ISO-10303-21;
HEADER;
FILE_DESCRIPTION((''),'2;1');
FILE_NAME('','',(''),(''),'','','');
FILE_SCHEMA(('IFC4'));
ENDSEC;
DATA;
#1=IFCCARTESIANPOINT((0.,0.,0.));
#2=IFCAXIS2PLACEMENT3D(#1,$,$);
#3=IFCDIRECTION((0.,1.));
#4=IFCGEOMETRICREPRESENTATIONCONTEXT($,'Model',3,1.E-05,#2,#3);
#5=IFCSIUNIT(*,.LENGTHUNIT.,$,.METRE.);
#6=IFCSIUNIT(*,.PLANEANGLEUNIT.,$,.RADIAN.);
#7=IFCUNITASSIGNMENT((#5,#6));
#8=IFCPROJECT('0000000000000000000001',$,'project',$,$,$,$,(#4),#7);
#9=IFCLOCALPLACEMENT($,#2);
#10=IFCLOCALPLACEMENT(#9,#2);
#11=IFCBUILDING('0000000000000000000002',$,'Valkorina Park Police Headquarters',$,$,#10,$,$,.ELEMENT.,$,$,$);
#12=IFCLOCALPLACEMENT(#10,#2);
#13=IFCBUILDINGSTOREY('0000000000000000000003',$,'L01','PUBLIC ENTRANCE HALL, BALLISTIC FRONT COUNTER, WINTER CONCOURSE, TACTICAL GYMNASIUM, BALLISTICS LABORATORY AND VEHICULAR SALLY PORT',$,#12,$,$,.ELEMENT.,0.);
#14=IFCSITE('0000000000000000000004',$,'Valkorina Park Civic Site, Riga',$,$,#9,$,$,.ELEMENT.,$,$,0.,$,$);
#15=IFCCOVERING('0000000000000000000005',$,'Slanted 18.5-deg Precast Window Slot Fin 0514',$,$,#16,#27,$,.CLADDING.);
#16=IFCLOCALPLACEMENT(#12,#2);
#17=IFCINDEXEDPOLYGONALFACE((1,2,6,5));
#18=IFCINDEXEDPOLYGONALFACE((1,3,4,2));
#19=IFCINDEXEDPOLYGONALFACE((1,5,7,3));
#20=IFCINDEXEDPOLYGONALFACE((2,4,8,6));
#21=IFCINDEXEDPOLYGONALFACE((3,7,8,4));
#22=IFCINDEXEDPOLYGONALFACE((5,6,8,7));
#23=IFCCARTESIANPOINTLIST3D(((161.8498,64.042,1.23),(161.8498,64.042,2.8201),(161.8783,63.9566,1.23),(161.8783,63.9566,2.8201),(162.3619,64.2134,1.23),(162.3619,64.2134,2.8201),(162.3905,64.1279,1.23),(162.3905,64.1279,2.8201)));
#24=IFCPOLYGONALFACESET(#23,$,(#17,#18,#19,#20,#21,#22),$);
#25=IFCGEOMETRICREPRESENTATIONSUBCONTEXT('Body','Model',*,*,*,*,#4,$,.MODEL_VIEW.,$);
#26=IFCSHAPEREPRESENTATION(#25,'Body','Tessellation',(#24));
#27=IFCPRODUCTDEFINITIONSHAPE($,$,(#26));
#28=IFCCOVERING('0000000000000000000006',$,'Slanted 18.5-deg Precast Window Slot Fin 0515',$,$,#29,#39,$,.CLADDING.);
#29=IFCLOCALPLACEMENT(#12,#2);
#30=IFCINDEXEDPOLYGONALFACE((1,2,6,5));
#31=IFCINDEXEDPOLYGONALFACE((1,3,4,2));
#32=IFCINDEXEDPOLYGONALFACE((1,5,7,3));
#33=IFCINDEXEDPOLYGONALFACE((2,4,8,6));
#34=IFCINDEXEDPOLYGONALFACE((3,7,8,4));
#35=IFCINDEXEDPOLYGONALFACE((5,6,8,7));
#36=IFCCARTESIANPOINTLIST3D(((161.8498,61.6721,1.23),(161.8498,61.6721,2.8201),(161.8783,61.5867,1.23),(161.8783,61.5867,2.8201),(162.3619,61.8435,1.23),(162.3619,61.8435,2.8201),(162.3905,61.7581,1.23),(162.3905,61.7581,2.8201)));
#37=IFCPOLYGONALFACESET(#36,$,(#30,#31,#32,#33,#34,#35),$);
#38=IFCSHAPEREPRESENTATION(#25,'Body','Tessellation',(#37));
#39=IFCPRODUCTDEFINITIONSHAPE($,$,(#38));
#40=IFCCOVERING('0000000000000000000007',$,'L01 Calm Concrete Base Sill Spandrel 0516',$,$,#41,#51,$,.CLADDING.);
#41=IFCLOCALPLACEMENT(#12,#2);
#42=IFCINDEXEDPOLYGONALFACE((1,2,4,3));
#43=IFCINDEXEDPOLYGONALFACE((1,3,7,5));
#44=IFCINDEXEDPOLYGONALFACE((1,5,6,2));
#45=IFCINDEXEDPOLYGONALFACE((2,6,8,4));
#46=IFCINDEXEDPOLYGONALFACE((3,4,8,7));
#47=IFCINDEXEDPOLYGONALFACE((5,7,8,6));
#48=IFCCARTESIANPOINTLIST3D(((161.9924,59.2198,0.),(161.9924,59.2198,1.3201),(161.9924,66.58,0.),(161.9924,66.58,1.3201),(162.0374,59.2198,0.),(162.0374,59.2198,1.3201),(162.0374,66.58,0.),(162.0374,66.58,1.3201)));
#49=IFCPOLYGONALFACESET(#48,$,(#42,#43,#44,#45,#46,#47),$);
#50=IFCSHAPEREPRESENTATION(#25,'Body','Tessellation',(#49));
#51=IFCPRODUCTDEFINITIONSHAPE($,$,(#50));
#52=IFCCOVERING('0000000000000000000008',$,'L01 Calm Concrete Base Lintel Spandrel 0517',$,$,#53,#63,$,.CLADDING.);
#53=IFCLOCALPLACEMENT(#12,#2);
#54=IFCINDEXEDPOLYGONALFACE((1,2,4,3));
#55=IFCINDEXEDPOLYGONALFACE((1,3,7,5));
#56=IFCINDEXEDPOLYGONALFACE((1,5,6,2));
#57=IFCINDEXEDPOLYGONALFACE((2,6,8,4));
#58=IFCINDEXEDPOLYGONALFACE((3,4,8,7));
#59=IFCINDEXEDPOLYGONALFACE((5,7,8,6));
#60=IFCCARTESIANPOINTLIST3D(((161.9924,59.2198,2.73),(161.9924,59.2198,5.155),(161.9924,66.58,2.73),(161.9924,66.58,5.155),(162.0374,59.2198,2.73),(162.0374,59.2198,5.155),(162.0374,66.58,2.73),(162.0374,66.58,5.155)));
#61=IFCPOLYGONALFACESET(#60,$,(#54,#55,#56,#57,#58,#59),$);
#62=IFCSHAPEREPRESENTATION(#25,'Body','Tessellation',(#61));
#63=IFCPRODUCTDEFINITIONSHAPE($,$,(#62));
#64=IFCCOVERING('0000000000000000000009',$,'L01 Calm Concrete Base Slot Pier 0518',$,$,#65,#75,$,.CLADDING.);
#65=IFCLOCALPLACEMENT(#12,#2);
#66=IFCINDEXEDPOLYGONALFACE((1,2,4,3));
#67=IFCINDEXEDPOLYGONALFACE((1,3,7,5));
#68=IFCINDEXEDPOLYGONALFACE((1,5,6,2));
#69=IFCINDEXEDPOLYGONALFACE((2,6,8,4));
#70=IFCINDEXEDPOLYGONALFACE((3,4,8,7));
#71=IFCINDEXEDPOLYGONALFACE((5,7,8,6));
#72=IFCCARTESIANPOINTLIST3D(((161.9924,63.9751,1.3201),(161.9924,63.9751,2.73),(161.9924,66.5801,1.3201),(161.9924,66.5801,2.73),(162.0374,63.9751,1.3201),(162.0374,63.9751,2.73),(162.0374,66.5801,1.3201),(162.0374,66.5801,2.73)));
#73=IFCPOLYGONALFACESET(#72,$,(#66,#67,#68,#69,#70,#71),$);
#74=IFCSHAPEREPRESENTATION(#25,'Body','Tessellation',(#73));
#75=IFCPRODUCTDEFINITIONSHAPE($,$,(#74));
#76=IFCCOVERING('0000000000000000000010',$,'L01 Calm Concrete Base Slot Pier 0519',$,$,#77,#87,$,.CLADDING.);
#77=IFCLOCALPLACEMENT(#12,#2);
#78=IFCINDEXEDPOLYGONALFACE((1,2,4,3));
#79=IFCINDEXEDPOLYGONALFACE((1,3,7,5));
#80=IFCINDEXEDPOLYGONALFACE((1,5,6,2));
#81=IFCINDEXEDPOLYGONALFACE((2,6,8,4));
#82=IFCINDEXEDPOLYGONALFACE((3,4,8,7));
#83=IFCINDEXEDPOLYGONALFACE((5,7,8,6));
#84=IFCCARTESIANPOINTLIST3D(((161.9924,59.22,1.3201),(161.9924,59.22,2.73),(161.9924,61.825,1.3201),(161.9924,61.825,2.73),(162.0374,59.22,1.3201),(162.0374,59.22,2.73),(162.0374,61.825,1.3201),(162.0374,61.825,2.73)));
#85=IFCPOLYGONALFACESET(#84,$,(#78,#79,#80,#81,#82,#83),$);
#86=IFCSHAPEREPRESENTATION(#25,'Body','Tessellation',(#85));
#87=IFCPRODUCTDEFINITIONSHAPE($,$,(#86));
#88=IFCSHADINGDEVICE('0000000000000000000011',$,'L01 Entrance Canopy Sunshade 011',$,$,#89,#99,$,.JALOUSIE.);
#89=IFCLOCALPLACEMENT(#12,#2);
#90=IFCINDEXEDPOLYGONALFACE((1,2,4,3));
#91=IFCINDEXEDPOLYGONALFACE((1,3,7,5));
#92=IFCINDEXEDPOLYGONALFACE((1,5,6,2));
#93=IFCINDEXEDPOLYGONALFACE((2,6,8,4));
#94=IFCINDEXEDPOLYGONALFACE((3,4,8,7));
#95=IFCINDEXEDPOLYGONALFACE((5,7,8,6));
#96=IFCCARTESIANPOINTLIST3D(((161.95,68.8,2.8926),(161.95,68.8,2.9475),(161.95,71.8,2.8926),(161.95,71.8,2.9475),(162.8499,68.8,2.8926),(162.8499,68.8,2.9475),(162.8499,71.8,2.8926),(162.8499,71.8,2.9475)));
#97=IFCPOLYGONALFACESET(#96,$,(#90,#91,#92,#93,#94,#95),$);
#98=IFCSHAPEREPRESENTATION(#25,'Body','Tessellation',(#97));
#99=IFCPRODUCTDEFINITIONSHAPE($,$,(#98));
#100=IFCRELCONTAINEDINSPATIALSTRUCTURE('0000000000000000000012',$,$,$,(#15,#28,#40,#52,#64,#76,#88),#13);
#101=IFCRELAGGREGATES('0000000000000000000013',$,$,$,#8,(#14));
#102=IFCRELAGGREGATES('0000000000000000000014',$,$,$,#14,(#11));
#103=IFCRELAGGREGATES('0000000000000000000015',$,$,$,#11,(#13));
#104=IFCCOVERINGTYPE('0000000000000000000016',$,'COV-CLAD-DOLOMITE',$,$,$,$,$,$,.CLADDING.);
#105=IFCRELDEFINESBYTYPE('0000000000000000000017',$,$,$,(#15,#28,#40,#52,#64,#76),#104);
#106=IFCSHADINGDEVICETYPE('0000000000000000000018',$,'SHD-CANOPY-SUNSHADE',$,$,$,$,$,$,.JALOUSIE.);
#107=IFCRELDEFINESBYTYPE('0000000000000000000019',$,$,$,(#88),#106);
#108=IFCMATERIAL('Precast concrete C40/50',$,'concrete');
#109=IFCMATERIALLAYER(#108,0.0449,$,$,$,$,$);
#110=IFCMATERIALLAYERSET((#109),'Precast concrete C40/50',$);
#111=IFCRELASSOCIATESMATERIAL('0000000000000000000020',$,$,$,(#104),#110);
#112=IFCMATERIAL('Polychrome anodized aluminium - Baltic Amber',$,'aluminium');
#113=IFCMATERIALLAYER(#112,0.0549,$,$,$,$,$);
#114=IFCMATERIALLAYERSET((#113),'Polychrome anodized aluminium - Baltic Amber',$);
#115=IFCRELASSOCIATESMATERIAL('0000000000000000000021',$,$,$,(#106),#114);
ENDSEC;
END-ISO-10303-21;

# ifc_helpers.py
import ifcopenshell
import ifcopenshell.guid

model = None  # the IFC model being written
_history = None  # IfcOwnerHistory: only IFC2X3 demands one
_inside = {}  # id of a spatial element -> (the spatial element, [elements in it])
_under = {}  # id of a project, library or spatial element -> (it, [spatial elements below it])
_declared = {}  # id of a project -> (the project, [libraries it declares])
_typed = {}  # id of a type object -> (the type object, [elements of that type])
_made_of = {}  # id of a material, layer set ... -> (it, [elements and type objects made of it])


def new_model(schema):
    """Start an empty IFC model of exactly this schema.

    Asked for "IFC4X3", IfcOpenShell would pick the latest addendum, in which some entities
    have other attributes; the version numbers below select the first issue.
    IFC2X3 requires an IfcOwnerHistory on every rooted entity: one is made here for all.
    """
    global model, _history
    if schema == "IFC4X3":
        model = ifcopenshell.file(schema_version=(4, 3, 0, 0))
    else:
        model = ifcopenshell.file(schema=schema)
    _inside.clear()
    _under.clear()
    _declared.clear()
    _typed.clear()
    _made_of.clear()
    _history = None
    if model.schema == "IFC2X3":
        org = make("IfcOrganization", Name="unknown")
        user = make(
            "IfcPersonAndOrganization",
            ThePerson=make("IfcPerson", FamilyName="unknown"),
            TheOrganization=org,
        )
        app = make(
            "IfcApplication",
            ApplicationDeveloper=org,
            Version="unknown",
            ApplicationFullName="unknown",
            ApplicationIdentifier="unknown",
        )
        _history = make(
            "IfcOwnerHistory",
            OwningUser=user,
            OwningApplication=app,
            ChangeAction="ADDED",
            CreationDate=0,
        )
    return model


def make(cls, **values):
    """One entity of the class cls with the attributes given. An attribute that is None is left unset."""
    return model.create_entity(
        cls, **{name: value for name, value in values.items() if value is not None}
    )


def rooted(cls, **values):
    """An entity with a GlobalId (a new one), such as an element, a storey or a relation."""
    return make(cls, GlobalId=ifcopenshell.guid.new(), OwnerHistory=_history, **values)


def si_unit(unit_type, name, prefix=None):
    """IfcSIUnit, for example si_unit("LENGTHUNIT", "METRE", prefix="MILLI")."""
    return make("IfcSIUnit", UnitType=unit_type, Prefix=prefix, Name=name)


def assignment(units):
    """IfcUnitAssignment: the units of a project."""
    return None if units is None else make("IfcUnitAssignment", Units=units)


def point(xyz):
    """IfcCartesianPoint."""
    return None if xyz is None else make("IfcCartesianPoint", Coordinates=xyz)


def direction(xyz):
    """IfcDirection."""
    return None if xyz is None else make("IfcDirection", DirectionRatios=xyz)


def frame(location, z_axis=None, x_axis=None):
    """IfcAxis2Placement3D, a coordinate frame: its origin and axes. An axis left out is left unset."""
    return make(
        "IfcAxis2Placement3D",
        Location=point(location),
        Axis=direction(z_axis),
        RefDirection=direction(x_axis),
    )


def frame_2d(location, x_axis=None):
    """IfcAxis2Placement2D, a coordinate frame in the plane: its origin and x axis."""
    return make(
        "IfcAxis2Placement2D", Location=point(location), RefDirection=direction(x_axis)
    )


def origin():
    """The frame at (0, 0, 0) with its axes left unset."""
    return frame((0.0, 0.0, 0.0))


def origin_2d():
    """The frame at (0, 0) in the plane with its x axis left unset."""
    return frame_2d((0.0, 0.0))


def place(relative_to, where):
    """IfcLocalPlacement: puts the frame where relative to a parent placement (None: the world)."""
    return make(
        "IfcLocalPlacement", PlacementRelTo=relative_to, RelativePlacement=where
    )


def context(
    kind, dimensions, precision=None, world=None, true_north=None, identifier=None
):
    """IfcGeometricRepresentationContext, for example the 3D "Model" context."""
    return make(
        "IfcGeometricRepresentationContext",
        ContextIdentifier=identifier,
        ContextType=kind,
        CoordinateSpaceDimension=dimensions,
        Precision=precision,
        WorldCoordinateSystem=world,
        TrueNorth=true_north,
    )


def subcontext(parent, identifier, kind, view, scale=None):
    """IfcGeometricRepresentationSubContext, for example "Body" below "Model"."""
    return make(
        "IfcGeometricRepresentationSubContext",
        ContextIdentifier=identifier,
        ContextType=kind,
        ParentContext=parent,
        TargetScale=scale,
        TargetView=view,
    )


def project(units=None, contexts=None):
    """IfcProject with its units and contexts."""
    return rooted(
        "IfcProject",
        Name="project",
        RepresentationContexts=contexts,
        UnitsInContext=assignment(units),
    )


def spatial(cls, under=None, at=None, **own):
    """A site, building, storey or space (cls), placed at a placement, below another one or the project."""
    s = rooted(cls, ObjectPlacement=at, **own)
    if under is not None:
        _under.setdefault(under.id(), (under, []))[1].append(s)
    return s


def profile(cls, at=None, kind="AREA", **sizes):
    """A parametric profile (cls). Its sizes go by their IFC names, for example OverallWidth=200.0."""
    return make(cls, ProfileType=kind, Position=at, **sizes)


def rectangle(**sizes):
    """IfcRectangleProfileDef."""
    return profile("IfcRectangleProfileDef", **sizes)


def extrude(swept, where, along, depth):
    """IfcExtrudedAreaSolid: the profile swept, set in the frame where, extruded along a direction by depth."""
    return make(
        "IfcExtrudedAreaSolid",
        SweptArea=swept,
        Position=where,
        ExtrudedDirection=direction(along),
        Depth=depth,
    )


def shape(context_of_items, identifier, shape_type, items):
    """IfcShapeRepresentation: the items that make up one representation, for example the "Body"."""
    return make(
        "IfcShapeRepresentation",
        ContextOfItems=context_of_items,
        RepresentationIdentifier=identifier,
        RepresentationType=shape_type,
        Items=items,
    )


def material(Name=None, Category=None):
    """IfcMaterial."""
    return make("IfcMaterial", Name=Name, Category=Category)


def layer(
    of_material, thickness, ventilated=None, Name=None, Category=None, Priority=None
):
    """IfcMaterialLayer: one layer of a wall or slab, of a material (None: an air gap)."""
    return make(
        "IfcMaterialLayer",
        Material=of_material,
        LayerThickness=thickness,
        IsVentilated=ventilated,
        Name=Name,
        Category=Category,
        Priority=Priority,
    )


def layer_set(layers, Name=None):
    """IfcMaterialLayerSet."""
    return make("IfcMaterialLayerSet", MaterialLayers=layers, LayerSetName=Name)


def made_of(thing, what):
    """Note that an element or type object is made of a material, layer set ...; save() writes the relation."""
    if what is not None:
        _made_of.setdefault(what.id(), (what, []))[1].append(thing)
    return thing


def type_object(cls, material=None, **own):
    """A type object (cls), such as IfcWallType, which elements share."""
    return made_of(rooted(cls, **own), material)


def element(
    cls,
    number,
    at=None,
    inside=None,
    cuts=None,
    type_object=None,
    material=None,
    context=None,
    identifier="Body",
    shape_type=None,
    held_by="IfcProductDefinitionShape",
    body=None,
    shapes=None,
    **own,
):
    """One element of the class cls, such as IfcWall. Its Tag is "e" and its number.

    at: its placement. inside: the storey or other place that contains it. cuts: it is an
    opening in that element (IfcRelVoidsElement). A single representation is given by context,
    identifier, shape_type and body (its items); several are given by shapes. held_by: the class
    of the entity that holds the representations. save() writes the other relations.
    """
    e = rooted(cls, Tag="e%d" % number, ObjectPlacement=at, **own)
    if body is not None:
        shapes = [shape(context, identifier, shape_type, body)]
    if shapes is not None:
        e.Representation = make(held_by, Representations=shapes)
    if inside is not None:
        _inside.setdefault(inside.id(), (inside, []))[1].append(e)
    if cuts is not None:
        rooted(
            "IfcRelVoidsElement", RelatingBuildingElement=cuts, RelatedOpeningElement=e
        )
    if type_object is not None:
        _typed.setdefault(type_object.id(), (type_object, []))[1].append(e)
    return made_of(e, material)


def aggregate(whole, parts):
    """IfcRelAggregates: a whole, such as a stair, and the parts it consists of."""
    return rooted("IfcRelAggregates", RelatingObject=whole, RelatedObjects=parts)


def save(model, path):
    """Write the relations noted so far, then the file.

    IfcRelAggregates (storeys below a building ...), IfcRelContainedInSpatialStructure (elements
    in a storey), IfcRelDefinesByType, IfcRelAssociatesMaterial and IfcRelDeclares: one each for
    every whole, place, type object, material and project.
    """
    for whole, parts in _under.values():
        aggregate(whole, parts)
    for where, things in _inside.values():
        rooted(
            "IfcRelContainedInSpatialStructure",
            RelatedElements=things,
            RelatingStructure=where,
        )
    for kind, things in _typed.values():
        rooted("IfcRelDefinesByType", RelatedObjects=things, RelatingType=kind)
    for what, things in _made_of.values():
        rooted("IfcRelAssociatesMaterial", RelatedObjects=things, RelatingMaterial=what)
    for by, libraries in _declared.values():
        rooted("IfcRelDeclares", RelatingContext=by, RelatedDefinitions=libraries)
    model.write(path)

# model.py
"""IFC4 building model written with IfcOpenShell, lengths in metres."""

from ifc_helpers import new_model, si_unit, direction, frame, frame_2d, origin, origin_2d, place, context, subcontext, project, spatial, rectangle, extrude, material, layer, layer_set, type_object, element, save


model = new_model("IFC4")

# Units and contexts
model_context = context("Model", 3, precision=1e-05, world=origin(), true_north=direction((0.0, 1.0)))
body_context = subcontext(model_context, "Body", "Model", "MODEL_VIEW")
ifc_project = project(units=[si_unit("LENGTHUNIT", "METRE"), si_unit("PLANEANGLEUNIT", "RADIAN")], contexts=[model_context])

# Site, building, storey
site_placement = place(None, origin())
site = spatial("IfcSite", under=ifc_project, at=site_placement, Name="Valkorina Park Civic Site, Riga", CompositionType="ELEMENT", RefElevation=0.0)
building_placement = place(site_placement, origin())
building = spatial("IfcBuilding", under=site, at=building_placement, Name="Valkorina Park Police Headquarters", CompositionType="ELEMENT")
storey_placement = place(building_placement, origin())
storey = spatial("IfcBuildingStorey", under=building, at=storey_placement, Name="L01", Description="PUBLIC ENTRANCE HALL, BALLISTIC FRONT COUNTER, WINTER CONCOURSE, TACTICAL GYMNASIUM, BALLISTICS LABORATORY AND VEHICULAR SALLY PORT", CompositionType="ELEMENT", Elevation=0.0)

# Shared definitions
ifc_material_1 = material(Name="Precast concrete C40/50", Category="concrete")

# Coverings
ifc_layer_1 = layer(ifc_material_1, 0.0449)
ifc_layer_set_1 = layer_set([ifc_layer_1], Name="Precast concrete C40/50")
covering_type = type_object("IfcCoveringType", Name="COV-CLAD-DOLOMITE", PredefinedType="CLADDING", material=ifc_layer_set_1)
for number, where, z_axis, x_axis, name in (
    (1, (162.1201, 64.085, 1.23), (0.0, 0.0, 1.0), (0.948324, 0.317305, 0.0), "Slanted 18.5-deg Precast Window Slot Fin 0514"),
    (2, (162.1201, 61.7151, 1.23), (0.0, 0.0, 1.0), (0.948324, 0.317305, 0.0), "Slanted 18.5-deg Precast Window Slot Fin 0515"),
):
    element("IfcCovering", number, at=place(storey_placement, frame(where, z_axis=z_axis, x_axis=x_axis)), inside=storey, type_object=covering_type, Name=name, PredefinedType="CLADDING", context=body_context, shape_type="SweptSolid", body=[
        extrude(rectangle(XDim=0.54, YDim=0.0901, at=origin_2d()), origin(), (0.0, 0.0, 1.0), 1.5901),
    ])
covering_1_placement = place(storey_placement, frame((162.0149, 66.5801, 0.0), z_axis=(0.0, 0.0, 1.0), x_axis=(0.0, -1.0, 0.0)))
element("IfcCovering", 3, at=covering_1_placement, inside=storey, type_object=covering_type, Name="L01 Calm Concrete Base Sill Spandrel 0516", PredefinedType="CLADDING", context=body_context, shape_type="SweptSolid", body=[
    extrude(rectangle(XDim=7.3601, YDim=0.0449, at=frame_2d((3.6802, 0.0))), origin(), (0.0, 0.0, 1.0), 1.3201),
])
covering_2_placement = place(storey_placement, frame((162.0149, 66.5801, 2.73), z_axis=(0.0, 0.0, 1.0), x_axis=(0.0, -1.0, 0.0)))
element("IfcCovering", 4, at=covering_2_placement, inside=storey, type_object=covering_type, Name="L01 Calm Concrete Base Lintel Spandrel 0517", PredefinedType="CLADDING", context=body_context, shape_type="SweptSolid", body=[
    extrude(rectangle(XDim=7.3601, YDim=0.0449, at=frame_2d((3.6802, 0.0))), origin(), (0.0, 0.0, 1.0), 2.425),
])
for number, where, z_axis, x_axis, name in (
    (5, (162.0149, 66.5801, 1.3201), (0.0, 0.0, 1.0), (0.0, -1.0, 0.0), "L01 Calm Concrete Base Slot Pier 0518"),
    (6, (162.0149, 61.825, 1.3201), (0.0, 0.0, 1.0), (0.0, -1.0, 0.0), "L01 Calm Concrete Base Slot Pier 0519"),
):
    element("IfcCovering", number, at=place(storey_placement, frame(where, z_axis=z_axis, x_axis=x_axis)), inside=storey, type_object=covering_type, Name=name, PredefinedType="CLADDING", context=body_context, shape_type="SweptSolid", body=[
        extrude(rectangle(XDim=2.605, YDim=0.0449, at=frame_2d((1.3025, 0.0))), origin(), (0.0, 0.0, 1.0), 1.4099),
    ])

# Shading device
ifc_material_2 = material(Name="Polychrome anodized aluminium - Baltic Amber", Category="aluminium")
ifc_layer_2 = layer(ifc_material_2, 0.0549)
ifc_layer_set_2 = layer_set([ifc_layer_2], Name="Polychrome anodized aluminium - Baltic Amber")
shading_device_type = type_object("IfcShadingDeviceType", Name="SHD-CANOPY-SUNSHADE", PredefinedType="JALOUSIE", material=ifc_layer_set_2)
shading_device_placement = place(storey_placement, frame((162.3999, 70.3, 2.8926), z_axis=(0.0, 0.0, 1.0), x_axis=(0.0, -1.0, 0.0)))
element("IfcShadingDevice", 7, at=shading_device_placement, inside=storey, type_object=shading_device_type, Name="L01 Entrance Canopy Sunshade 011", PredefinedType="JALOUSIE", context=body_context, shape_type="SweptSolid", body=[
    extrude(rectangle(XDim=3.0, YDim=0.8999, at=origin_2d()), origin(), (0.0, 0.0, 1.0), 0.0549),
])

save(model, "model.ifc")
